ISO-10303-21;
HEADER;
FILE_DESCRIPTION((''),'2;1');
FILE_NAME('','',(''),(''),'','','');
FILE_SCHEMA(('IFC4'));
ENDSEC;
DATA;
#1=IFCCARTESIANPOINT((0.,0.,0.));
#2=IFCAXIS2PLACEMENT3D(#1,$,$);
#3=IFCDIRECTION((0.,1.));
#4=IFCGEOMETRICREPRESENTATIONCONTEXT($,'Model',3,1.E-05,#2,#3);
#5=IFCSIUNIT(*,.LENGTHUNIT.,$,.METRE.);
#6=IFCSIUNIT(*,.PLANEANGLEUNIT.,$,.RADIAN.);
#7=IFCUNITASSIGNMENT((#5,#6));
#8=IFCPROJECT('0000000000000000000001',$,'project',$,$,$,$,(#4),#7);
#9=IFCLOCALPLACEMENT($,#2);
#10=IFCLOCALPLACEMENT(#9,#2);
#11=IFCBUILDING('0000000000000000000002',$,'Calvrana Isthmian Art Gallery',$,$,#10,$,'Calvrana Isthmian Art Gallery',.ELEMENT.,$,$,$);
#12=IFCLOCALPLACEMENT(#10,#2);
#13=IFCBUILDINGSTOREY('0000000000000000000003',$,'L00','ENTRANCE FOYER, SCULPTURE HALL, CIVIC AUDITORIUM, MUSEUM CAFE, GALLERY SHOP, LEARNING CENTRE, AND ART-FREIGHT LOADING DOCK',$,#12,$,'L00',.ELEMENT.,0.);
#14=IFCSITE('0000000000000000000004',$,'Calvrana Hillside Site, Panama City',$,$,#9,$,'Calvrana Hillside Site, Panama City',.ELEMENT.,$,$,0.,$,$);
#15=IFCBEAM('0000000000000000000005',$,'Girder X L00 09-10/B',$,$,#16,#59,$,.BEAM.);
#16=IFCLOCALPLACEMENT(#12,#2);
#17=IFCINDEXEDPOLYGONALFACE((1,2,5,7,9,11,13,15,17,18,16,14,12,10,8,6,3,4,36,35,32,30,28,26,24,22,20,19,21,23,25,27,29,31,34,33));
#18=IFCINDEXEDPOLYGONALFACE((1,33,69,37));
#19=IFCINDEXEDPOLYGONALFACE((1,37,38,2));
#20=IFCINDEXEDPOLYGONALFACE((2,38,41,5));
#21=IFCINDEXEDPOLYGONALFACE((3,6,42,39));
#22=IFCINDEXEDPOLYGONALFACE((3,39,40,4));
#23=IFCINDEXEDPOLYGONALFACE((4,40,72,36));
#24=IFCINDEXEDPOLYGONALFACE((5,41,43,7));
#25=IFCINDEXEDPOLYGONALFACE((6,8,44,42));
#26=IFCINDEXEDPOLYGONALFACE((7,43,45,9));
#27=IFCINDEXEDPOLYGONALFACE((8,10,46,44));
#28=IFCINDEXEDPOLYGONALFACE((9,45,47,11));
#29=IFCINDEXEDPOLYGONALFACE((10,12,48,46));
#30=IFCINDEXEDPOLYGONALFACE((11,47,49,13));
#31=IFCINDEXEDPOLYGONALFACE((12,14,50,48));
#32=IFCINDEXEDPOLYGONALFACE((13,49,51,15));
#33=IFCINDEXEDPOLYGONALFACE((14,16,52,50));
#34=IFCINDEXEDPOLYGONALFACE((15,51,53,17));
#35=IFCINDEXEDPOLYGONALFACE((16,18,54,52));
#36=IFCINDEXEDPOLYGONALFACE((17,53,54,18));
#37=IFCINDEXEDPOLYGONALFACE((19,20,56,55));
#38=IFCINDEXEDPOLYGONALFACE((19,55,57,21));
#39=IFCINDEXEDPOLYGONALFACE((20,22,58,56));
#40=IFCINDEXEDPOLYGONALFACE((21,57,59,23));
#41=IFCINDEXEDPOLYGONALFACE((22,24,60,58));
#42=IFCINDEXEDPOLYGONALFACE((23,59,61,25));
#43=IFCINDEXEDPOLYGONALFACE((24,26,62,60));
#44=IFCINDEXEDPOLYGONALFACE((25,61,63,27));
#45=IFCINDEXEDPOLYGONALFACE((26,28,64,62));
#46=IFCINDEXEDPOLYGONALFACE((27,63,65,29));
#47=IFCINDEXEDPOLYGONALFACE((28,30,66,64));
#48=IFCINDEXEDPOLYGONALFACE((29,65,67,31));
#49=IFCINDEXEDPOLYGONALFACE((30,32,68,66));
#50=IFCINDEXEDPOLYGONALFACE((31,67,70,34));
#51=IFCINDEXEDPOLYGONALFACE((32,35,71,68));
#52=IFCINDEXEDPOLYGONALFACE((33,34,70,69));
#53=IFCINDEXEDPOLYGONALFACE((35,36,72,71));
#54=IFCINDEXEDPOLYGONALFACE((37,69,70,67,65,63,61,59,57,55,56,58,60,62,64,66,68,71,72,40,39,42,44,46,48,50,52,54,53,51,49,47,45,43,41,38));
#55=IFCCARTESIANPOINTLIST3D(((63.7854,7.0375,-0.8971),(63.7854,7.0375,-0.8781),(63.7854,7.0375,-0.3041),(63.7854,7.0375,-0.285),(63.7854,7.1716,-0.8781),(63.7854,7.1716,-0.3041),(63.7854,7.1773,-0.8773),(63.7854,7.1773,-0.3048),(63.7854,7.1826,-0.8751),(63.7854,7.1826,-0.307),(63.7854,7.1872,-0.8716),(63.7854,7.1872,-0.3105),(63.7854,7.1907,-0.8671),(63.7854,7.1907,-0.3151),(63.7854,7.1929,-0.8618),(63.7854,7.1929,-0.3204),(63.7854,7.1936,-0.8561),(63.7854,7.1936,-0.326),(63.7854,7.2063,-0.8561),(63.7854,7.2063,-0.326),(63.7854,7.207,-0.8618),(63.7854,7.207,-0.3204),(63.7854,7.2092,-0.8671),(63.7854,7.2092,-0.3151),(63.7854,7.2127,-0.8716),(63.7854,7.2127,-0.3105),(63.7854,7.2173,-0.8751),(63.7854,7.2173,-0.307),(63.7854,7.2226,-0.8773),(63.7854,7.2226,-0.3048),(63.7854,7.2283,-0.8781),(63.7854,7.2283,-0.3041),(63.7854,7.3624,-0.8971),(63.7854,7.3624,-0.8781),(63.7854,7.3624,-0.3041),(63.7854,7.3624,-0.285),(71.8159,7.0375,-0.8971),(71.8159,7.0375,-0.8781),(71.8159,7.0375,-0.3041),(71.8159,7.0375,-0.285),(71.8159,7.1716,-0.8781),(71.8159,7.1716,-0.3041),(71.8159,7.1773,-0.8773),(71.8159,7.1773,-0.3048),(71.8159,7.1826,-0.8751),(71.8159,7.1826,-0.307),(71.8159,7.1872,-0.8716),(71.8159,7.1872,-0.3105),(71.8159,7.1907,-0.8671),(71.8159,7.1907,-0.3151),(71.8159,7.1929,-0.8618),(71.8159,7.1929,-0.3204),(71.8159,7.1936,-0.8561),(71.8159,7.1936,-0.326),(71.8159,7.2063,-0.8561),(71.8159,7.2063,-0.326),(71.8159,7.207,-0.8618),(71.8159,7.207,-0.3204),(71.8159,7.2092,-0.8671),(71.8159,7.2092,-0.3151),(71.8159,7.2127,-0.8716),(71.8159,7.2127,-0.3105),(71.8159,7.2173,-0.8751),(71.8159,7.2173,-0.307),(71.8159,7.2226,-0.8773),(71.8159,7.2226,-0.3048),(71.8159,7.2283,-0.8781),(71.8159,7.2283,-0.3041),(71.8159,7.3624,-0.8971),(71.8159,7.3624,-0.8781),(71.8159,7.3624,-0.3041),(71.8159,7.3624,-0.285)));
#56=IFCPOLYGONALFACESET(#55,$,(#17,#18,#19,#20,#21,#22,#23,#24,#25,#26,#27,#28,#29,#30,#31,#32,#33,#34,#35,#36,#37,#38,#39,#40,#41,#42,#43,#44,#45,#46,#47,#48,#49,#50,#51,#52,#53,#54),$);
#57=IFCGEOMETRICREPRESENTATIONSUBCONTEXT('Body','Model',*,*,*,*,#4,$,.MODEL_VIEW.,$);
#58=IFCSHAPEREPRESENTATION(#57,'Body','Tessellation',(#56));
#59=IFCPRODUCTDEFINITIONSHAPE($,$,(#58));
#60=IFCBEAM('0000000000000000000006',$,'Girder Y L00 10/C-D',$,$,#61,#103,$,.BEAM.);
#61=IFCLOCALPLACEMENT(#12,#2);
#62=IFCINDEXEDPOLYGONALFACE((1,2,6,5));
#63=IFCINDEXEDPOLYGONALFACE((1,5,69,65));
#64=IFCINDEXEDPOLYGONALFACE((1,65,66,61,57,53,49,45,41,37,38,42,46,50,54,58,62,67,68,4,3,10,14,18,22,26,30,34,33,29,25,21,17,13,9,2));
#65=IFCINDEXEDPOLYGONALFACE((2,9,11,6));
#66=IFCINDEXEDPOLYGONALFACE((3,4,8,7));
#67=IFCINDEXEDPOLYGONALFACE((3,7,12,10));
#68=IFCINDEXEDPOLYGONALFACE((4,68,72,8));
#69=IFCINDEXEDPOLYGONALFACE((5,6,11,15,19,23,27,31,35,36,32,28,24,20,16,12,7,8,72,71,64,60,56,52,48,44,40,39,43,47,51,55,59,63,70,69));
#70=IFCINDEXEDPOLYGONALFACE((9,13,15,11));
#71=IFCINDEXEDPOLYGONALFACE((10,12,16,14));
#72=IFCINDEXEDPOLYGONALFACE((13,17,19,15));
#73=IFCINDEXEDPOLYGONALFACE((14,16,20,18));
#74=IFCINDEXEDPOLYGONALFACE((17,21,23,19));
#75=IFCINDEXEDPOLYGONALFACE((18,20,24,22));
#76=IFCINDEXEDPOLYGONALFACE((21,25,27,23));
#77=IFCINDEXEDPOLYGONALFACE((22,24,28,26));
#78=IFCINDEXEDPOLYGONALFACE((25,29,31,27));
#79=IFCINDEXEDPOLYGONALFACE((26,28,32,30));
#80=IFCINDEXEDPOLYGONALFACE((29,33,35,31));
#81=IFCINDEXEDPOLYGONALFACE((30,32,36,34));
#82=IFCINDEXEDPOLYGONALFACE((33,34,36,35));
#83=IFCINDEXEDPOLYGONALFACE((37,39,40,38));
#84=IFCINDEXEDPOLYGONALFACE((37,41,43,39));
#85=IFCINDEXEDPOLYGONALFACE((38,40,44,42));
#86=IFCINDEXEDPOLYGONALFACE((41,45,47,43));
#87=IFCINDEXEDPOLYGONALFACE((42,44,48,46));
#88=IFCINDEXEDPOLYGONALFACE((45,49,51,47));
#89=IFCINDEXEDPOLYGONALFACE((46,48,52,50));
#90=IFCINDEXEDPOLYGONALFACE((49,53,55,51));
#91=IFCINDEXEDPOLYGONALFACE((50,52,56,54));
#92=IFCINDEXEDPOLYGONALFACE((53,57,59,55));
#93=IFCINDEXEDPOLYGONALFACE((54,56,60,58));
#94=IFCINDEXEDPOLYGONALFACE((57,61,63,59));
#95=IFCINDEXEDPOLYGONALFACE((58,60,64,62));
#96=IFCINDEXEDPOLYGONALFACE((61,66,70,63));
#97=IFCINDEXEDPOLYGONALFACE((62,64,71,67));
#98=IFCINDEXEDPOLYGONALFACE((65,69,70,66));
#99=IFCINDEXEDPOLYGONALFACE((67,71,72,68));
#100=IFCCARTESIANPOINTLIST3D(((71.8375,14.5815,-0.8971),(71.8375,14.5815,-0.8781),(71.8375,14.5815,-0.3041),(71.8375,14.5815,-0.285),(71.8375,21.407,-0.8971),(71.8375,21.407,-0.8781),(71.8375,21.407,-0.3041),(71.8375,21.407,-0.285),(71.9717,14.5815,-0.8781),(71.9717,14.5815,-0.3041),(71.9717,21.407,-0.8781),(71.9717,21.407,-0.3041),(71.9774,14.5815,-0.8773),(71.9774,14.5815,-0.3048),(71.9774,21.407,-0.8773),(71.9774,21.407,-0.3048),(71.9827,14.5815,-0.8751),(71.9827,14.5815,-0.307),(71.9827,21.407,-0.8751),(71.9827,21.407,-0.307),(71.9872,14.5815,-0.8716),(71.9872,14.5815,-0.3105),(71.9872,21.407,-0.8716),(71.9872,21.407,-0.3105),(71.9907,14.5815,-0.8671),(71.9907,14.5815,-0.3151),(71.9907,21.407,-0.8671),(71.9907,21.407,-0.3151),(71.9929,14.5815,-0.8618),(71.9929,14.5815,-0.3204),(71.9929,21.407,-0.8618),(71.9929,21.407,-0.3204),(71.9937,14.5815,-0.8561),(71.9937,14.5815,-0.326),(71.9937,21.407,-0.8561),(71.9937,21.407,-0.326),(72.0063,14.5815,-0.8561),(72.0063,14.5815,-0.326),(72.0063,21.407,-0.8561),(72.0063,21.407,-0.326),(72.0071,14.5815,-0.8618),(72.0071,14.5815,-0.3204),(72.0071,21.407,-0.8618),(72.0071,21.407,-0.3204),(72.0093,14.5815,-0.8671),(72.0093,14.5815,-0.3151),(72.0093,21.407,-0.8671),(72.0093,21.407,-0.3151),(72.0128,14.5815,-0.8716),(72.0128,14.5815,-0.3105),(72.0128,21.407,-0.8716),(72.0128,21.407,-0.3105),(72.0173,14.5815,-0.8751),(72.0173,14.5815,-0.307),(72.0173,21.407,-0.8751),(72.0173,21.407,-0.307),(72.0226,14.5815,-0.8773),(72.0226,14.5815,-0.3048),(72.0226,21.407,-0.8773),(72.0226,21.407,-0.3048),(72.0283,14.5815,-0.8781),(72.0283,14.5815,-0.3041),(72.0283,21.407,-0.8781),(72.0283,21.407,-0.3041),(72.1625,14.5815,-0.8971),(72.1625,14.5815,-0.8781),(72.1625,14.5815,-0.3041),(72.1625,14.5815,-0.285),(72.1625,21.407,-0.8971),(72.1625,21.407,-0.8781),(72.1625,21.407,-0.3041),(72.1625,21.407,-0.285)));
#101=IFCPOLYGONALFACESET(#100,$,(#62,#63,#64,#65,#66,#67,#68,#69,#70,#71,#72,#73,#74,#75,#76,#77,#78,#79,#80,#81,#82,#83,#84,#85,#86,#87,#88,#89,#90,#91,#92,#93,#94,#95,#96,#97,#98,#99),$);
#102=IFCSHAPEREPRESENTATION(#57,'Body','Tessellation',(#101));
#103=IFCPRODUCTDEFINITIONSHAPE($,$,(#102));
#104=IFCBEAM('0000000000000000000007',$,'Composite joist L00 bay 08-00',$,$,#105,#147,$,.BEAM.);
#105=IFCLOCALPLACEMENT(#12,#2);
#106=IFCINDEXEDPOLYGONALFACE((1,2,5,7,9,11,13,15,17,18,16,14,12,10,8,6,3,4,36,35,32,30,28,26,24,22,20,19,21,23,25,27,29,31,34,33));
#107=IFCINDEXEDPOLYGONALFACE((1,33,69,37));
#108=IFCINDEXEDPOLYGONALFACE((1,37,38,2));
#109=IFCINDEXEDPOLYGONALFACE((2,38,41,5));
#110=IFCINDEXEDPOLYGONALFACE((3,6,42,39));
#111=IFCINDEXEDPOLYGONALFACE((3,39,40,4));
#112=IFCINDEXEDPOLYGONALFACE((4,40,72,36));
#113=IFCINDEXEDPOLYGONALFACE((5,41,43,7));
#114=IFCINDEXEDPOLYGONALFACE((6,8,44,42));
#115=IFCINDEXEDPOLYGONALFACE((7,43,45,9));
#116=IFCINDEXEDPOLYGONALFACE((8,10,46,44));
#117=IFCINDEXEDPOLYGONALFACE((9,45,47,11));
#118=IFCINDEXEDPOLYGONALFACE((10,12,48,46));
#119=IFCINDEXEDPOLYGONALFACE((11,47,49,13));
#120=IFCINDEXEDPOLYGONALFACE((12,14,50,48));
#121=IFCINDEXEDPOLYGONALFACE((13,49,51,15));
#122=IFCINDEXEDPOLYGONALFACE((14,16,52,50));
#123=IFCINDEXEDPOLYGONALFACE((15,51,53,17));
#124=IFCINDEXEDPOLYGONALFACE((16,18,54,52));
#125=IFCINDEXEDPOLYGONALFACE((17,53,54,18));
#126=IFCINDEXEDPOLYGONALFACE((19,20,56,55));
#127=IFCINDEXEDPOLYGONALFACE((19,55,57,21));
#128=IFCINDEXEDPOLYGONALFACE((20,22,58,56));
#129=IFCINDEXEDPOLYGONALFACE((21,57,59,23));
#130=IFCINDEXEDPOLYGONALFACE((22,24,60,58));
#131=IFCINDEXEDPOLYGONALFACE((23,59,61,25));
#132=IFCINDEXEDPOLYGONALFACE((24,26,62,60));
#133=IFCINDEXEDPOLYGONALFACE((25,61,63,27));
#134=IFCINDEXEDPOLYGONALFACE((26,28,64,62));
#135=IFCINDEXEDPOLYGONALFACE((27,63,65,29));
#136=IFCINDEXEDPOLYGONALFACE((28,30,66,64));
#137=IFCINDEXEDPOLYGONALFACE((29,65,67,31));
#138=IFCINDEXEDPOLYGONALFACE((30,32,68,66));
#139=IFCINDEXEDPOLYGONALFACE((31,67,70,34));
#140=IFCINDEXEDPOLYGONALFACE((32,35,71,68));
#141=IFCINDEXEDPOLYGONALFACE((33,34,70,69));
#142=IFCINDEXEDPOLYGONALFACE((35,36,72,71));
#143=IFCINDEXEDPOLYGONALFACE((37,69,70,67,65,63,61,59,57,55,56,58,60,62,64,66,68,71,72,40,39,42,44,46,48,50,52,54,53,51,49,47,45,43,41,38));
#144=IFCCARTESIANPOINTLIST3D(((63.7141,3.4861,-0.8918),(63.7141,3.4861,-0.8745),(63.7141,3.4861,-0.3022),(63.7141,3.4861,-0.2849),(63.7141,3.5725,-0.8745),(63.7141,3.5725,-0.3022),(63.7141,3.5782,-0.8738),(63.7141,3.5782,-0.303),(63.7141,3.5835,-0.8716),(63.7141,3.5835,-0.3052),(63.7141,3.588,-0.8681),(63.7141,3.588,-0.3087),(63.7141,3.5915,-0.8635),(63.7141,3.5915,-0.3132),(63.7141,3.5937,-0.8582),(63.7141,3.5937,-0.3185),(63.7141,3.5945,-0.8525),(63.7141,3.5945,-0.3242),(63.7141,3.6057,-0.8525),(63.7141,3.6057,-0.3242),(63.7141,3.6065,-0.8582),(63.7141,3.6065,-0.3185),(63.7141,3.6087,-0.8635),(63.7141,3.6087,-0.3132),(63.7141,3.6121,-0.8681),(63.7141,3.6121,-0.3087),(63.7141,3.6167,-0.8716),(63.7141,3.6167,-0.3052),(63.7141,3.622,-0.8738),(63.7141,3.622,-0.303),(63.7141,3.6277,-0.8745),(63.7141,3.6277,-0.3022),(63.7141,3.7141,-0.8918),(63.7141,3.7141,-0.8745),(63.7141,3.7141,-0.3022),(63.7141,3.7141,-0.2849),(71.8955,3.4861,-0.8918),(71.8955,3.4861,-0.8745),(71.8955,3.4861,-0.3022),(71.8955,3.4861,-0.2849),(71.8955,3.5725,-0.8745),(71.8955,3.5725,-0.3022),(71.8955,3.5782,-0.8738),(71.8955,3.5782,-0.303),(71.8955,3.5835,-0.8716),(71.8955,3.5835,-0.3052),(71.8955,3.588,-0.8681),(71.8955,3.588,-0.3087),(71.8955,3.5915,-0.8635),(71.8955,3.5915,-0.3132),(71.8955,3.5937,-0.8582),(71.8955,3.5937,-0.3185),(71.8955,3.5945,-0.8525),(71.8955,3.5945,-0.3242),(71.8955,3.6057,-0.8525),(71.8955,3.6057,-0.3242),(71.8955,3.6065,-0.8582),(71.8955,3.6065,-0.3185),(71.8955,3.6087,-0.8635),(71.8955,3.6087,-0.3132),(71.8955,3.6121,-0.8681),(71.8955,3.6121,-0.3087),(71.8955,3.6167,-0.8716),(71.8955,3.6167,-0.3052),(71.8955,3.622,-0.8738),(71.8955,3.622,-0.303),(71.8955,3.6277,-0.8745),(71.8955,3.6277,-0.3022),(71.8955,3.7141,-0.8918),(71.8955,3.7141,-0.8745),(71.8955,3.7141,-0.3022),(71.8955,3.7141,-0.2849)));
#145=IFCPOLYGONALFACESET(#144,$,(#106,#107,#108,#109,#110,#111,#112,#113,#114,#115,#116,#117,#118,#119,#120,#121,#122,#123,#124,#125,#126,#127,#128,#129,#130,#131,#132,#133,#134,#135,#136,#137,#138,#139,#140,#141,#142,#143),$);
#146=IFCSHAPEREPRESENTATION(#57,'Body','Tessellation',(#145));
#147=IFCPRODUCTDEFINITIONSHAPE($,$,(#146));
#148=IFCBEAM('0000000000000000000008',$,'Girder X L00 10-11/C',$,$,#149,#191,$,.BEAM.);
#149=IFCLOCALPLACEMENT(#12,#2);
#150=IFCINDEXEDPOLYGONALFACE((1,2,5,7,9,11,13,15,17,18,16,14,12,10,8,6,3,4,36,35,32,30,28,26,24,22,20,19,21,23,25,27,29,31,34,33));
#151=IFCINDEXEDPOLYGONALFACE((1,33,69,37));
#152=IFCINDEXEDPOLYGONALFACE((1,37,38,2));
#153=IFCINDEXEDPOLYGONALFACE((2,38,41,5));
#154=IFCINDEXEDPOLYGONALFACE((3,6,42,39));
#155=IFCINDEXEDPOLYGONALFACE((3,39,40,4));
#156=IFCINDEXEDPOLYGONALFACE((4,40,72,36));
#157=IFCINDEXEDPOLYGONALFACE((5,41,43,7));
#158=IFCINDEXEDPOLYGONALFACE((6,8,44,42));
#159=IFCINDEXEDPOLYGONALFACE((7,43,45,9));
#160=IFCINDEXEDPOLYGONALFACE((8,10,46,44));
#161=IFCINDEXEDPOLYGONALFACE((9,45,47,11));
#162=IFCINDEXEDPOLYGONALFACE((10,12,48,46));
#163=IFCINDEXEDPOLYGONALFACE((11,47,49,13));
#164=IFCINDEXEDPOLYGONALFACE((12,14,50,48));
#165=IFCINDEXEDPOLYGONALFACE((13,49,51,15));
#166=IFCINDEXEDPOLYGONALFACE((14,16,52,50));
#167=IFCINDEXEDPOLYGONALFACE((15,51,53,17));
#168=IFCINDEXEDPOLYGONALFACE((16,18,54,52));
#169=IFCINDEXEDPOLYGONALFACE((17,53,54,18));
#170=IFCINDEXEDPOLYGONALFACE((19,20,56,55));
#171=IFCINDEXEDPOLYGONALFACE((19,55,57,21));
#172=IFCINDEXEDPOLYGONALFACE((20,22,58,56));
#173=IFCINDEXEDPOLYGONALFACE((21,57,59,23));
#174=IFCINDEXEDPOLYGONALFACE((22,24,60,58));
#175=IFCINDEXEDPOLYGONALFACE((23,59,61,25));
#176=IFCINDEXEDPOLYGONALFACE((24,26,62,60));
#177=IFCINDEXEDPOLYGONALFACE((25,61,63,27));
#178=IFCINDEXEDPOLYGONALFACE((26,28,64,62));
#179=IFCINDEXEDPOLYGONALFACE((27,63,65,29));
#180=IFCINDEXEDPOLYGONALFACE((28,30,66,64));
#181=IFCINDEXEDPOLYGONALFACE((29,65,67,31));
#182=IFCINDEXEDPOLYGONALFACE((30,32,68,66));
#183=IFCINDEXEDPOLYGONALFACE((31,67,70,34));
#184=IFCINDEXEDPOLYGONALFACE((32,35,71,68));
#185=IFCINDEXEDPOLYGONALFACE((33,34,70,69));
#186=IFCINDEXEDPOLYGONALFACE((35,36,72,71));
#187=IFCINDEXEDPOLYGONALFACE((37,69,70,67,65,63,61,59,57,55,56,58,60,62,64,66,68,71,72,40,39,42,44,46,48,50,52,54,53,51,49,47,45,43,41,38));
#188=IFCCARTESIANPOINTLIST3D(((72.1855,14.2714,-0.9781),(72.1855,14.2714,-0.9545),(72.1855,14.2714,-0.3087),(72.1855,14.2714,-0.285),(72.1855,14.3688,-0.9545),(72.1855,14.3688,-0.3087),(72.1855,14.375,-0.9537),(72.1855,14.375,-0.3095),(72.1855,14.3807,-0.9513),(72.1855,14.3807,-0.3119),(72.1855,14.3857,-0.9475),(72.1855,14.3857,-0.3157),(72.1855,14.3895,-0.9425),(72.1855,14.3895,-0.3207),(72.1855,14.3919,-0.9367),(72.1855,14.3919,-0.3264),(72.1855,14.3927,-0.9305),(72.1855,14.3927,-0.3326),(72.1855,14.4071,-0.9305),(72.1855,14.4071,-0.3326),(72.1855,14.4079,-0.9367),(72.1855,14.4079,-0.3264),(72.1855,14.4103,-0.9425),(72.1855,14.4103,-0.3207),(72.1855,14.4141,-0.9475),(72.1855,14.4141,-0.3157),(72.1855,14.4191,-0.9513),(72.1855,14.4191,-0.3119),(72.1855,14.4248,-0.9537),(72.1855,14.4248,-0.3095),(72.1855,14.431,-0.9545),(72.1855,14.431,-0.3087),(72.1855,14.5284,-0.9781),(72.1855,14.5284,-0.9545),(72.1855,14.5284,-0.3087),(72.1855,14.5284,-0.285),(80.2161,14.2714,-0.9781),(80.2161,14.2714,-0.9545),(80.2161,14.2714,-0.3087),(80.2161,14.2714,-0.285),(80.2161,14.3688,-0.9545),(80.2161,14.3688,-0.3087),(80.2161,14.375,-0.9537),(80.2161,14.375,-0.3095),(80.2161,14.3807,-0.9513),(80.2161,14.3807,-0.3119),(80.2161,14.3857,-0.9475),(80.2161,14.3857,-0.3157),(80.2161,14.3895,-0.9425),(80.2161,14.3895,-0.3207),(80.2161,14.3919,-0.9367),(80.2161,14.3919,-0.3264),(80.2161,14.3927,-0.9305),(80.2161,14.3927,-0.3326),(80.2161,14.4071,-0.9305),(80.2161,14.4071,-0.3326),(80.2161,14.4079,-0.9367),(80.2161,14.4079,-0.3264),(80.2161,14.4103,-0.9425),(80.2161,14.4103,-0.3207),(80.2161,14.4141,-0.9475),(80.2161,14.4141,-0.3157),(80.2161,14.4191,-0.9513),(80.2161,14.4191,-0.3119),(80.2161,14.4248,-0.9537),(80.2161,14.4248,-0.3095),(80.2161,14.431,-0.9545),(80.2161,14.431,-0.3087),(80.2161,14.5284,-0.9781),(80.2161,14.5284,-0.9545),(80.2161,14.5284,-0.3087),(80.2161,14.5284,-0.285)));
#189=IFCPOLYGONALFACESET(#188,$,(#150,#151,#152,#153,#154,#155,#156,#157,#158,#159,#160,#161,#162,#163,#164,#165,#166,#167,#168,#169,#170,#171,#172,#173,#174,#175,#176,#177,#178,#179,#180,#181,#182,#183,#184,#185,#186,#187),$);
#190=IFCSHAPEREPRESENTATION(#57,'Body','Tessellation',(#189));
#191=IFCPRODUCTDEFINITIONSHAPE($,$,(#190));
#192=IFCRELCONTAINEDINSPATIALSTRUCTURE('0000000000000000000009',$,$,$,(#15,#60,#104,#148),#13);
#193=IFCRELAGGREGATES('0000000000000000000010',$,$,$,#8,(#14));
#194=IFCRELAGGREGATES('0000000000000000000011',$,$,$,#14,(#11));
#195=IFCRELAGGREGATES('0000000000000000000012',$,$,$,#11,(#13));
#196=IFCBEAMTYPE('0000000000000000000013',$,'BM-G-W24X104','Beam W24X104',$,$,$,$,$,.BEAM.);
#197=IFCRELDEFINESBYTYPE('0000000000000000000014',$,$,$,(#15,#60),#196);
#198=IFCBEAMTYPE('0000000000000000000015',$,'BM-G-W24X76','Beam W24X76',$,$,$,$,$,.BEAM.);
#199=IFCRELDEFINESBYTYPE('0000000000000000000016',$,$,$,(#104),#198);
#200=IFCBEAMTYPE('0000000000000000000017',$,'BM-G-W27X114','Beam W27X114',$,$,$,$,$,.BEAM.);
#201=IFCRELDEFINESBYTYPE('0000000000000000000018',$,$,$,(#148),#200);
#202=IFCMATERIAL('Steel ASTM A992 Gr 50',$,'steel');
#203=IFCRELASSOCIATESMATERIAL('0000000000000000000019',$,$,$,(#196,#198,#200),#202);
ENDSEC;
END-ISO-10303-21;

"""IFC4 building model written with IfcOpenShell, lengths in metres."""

from ifc_helpers import new_model, si_unit, direction, frame, origin, origin_2d, place, context, subcontext, project, spatial, i_section, extrude, material, material_profile, profile_set, type_object, element, save


model = new_model("IFC4")

# Units and contexts
model_context = context("Model", 3, precision=1e-05, world=origin(), true_north=direction((0.0, 1.0)))
body_context = subcontext(model_context, "Body", "Model", "MODEL_VIEW")
ifc_project = project(units=[si_unit("LENGTHUNIT", "METRE"), si_unit("PLANEANGLEUNIT", "RADIAN")], contexts=[model_context])

# Site, building, storey
site_placement = place(None, origin())
site = spatial("IfcSite", under=ifc_project, at=site_placement, Name="Calvrana Hillside Site, Panama City", LongName="Calvrana Hillside Site, Panama City", CompositionType="ELEMENT", RefElevation=0.0)
building_placement = place(site_placement, origin())
building = spatial("IfcBuilding", under=site, at=building_placement, Name="Calvrana Isthmian Art Gallery", LongName="Calvrana Isthmian Art Gallery", CompositionType="ELEMENT")
storey_placement = place(building_placement, origin())
storey = spatial("IfcBuildingStorey", under=building, at=storey_placement, Name="L00", Description="ENTRANCE FOYER, SCULPTURE HALL, CIVIC AUDITORIUM, MUSEUM CAFE, GALLERY SHOP, LEARNING CENTRE, AND ART-FREIGHT LOADING DOCK", LongName="L00", CompositionType="ELEMENT", Elevation=0.0)

# Shared definitions
ifc_material_1 = material(Name="Steel ASTM A992 Gr 50", Category="steel")

# Beams
ifc_material_profile_1 = material_profile(ifc_material_1, i_section(OverallWidth=0.325, OverallDepth=0.6121, WebThickness=0.0127, FlangeThickness=0.019, FilletRadius=0.022, at=origin_2d()), Name="W24X104")
ifc_profile_set_1 = profile_set([ifc_material_profile_1], Name="Steel ASTM A992 Gr 50")
beam_type_1 = type_object("IfcBeamType", Name="BM-G-W24X104", Description="Beam W24X104", PredefinedType="BEAM", material=ifc_profile_set_1)
beam_1_placement = place(storey_placement, frame((63.7854, 7.2, -0.5911), z_axis=(1.0, 0.0, 0.0), x_axis=(0.0, 1.0, 0.0)))
element("IfcBeam", 1, at=beam_1_placement, inside=storey, type_object=beam_type_1, Name="Girder X L00 09-10/B", PredefinedType="BEAM", context=body_context, shape_type="SweptSolid", body=[
    extrude(i_section(OverallWidth=0.325, OverallDepth=0.6121, WebThickness=0.0127, FlangeThickness=0.019, FilletRadius=0.022, at=origin_2d()), origin(), (0.0, 0.0, 1.0), 8.0305),
])
beam_2_placement = place(storey_placement, frame((72.0, 14.5815, -0.5911), z_axis=(0.0, 1.0, 0.0), x_axis=(-1.0, 0.0, 0.0)))
element("IfcBeam", 2, at=beam_2_placement, inside=storey, type_object=beam_type_1, Name="Girder Y L00 10/C-D", PredefinedType="BEAM", context=body_context, shape_type="SweptSolid", body=[
    extrude(i_section(OverallWidth=0.325, OverallDepth=0.6121, WebThickness=0.0127, FlangeThickness=0.019, FilletRadius=0.022, at=origin_2d()), origin(), (0.0, 0.0, 1.0), 6.8254),
])
ifc_material_profile_2 = material_profile(ifc_material_1, i_section(OverallWidth=0.228, OverallDepth=0.6069, WebThickness=0.0112, FlangeThickness=0.0173, FilletRadius=0.022, at=origin_2d()), Name="W24X76")
ifc_profile_set_2 = profile_set([ifc_material_profile_2], Name="Steel ASTM A992 Gr 50")
beam_type_2 = type_object("IfcBeamType", Name="BM-G-W24X76", Description="Beam W24X76", PredefinedType="BEAM", material=ifc_profile_set_2)
beam_3_placement = place(storey_placement, frame((63.7141, 3.6001, -0.5884), z_axis=(1.0, 0.0, 0.0), x_axis=(0.0, 1.0, 0.0)))
element("IfcBeam", 3, at=beam_3_placement, inside=storey, type_object=beam_type_2, Name="Composite joist L00 bay 08-00", PredefinedType="BEAM", context=body_context, shape_type="SweptSolid", body=[
    extrude(i_section(OverallWidth=0.228, OverallDepth=0.6069, WebThickness=0.0112, FlangeThickness=0.0173, FilletRadius=0.022, at=origin_2d()), origin(), (0.0, 0.0, 1.0), 8.1814),
])
ifc_material_profile_3 = material_profile(ifc_material_1, i_section(OverallWidth=0.2571, OverallDepth=0.6931, WebThickness=0.0144, FlangeThickness=0.0237, FilletRadius=0.0239, at=origin_2d()), Name="W27X114")
ifc_profile_set_3 = profile_set([ifc_material_profile_3], Name="Steel ASTM A992 Gr 50")
beam_type_3 = type_object("IfcBeamType", Name="BM-G-W27X114", Description="Beam W27X114", PredefinedType="BEAM", material=ifc_profile_set_3)
beam_4_placement = place(storey_placement, frame((72.1855, 14.3999, -0.6316), z_axis=(1.0, 0.0, 0.0), x_axis=(0.0, 1.0, 0.0)))
element("IfcBeam", 4, at=beam_4_placement, inside=storey, type_object=beam_type_3, Name="Girder X L00 10-11/C", PredefinedType="BEAM", context=body_context, shape_type="SweptSolid", body=[
    extrude(i_section(OverallWidth=0.2571, OverallDepth=0.6931, WebThickness=0.0144, FlangeThickness=0.0237, FilletRadius=0.0239, at=origin_2d()), origin(), (0.0, 0.0, 1.0), 8.0305),
])

save(model, "model.ifc")
